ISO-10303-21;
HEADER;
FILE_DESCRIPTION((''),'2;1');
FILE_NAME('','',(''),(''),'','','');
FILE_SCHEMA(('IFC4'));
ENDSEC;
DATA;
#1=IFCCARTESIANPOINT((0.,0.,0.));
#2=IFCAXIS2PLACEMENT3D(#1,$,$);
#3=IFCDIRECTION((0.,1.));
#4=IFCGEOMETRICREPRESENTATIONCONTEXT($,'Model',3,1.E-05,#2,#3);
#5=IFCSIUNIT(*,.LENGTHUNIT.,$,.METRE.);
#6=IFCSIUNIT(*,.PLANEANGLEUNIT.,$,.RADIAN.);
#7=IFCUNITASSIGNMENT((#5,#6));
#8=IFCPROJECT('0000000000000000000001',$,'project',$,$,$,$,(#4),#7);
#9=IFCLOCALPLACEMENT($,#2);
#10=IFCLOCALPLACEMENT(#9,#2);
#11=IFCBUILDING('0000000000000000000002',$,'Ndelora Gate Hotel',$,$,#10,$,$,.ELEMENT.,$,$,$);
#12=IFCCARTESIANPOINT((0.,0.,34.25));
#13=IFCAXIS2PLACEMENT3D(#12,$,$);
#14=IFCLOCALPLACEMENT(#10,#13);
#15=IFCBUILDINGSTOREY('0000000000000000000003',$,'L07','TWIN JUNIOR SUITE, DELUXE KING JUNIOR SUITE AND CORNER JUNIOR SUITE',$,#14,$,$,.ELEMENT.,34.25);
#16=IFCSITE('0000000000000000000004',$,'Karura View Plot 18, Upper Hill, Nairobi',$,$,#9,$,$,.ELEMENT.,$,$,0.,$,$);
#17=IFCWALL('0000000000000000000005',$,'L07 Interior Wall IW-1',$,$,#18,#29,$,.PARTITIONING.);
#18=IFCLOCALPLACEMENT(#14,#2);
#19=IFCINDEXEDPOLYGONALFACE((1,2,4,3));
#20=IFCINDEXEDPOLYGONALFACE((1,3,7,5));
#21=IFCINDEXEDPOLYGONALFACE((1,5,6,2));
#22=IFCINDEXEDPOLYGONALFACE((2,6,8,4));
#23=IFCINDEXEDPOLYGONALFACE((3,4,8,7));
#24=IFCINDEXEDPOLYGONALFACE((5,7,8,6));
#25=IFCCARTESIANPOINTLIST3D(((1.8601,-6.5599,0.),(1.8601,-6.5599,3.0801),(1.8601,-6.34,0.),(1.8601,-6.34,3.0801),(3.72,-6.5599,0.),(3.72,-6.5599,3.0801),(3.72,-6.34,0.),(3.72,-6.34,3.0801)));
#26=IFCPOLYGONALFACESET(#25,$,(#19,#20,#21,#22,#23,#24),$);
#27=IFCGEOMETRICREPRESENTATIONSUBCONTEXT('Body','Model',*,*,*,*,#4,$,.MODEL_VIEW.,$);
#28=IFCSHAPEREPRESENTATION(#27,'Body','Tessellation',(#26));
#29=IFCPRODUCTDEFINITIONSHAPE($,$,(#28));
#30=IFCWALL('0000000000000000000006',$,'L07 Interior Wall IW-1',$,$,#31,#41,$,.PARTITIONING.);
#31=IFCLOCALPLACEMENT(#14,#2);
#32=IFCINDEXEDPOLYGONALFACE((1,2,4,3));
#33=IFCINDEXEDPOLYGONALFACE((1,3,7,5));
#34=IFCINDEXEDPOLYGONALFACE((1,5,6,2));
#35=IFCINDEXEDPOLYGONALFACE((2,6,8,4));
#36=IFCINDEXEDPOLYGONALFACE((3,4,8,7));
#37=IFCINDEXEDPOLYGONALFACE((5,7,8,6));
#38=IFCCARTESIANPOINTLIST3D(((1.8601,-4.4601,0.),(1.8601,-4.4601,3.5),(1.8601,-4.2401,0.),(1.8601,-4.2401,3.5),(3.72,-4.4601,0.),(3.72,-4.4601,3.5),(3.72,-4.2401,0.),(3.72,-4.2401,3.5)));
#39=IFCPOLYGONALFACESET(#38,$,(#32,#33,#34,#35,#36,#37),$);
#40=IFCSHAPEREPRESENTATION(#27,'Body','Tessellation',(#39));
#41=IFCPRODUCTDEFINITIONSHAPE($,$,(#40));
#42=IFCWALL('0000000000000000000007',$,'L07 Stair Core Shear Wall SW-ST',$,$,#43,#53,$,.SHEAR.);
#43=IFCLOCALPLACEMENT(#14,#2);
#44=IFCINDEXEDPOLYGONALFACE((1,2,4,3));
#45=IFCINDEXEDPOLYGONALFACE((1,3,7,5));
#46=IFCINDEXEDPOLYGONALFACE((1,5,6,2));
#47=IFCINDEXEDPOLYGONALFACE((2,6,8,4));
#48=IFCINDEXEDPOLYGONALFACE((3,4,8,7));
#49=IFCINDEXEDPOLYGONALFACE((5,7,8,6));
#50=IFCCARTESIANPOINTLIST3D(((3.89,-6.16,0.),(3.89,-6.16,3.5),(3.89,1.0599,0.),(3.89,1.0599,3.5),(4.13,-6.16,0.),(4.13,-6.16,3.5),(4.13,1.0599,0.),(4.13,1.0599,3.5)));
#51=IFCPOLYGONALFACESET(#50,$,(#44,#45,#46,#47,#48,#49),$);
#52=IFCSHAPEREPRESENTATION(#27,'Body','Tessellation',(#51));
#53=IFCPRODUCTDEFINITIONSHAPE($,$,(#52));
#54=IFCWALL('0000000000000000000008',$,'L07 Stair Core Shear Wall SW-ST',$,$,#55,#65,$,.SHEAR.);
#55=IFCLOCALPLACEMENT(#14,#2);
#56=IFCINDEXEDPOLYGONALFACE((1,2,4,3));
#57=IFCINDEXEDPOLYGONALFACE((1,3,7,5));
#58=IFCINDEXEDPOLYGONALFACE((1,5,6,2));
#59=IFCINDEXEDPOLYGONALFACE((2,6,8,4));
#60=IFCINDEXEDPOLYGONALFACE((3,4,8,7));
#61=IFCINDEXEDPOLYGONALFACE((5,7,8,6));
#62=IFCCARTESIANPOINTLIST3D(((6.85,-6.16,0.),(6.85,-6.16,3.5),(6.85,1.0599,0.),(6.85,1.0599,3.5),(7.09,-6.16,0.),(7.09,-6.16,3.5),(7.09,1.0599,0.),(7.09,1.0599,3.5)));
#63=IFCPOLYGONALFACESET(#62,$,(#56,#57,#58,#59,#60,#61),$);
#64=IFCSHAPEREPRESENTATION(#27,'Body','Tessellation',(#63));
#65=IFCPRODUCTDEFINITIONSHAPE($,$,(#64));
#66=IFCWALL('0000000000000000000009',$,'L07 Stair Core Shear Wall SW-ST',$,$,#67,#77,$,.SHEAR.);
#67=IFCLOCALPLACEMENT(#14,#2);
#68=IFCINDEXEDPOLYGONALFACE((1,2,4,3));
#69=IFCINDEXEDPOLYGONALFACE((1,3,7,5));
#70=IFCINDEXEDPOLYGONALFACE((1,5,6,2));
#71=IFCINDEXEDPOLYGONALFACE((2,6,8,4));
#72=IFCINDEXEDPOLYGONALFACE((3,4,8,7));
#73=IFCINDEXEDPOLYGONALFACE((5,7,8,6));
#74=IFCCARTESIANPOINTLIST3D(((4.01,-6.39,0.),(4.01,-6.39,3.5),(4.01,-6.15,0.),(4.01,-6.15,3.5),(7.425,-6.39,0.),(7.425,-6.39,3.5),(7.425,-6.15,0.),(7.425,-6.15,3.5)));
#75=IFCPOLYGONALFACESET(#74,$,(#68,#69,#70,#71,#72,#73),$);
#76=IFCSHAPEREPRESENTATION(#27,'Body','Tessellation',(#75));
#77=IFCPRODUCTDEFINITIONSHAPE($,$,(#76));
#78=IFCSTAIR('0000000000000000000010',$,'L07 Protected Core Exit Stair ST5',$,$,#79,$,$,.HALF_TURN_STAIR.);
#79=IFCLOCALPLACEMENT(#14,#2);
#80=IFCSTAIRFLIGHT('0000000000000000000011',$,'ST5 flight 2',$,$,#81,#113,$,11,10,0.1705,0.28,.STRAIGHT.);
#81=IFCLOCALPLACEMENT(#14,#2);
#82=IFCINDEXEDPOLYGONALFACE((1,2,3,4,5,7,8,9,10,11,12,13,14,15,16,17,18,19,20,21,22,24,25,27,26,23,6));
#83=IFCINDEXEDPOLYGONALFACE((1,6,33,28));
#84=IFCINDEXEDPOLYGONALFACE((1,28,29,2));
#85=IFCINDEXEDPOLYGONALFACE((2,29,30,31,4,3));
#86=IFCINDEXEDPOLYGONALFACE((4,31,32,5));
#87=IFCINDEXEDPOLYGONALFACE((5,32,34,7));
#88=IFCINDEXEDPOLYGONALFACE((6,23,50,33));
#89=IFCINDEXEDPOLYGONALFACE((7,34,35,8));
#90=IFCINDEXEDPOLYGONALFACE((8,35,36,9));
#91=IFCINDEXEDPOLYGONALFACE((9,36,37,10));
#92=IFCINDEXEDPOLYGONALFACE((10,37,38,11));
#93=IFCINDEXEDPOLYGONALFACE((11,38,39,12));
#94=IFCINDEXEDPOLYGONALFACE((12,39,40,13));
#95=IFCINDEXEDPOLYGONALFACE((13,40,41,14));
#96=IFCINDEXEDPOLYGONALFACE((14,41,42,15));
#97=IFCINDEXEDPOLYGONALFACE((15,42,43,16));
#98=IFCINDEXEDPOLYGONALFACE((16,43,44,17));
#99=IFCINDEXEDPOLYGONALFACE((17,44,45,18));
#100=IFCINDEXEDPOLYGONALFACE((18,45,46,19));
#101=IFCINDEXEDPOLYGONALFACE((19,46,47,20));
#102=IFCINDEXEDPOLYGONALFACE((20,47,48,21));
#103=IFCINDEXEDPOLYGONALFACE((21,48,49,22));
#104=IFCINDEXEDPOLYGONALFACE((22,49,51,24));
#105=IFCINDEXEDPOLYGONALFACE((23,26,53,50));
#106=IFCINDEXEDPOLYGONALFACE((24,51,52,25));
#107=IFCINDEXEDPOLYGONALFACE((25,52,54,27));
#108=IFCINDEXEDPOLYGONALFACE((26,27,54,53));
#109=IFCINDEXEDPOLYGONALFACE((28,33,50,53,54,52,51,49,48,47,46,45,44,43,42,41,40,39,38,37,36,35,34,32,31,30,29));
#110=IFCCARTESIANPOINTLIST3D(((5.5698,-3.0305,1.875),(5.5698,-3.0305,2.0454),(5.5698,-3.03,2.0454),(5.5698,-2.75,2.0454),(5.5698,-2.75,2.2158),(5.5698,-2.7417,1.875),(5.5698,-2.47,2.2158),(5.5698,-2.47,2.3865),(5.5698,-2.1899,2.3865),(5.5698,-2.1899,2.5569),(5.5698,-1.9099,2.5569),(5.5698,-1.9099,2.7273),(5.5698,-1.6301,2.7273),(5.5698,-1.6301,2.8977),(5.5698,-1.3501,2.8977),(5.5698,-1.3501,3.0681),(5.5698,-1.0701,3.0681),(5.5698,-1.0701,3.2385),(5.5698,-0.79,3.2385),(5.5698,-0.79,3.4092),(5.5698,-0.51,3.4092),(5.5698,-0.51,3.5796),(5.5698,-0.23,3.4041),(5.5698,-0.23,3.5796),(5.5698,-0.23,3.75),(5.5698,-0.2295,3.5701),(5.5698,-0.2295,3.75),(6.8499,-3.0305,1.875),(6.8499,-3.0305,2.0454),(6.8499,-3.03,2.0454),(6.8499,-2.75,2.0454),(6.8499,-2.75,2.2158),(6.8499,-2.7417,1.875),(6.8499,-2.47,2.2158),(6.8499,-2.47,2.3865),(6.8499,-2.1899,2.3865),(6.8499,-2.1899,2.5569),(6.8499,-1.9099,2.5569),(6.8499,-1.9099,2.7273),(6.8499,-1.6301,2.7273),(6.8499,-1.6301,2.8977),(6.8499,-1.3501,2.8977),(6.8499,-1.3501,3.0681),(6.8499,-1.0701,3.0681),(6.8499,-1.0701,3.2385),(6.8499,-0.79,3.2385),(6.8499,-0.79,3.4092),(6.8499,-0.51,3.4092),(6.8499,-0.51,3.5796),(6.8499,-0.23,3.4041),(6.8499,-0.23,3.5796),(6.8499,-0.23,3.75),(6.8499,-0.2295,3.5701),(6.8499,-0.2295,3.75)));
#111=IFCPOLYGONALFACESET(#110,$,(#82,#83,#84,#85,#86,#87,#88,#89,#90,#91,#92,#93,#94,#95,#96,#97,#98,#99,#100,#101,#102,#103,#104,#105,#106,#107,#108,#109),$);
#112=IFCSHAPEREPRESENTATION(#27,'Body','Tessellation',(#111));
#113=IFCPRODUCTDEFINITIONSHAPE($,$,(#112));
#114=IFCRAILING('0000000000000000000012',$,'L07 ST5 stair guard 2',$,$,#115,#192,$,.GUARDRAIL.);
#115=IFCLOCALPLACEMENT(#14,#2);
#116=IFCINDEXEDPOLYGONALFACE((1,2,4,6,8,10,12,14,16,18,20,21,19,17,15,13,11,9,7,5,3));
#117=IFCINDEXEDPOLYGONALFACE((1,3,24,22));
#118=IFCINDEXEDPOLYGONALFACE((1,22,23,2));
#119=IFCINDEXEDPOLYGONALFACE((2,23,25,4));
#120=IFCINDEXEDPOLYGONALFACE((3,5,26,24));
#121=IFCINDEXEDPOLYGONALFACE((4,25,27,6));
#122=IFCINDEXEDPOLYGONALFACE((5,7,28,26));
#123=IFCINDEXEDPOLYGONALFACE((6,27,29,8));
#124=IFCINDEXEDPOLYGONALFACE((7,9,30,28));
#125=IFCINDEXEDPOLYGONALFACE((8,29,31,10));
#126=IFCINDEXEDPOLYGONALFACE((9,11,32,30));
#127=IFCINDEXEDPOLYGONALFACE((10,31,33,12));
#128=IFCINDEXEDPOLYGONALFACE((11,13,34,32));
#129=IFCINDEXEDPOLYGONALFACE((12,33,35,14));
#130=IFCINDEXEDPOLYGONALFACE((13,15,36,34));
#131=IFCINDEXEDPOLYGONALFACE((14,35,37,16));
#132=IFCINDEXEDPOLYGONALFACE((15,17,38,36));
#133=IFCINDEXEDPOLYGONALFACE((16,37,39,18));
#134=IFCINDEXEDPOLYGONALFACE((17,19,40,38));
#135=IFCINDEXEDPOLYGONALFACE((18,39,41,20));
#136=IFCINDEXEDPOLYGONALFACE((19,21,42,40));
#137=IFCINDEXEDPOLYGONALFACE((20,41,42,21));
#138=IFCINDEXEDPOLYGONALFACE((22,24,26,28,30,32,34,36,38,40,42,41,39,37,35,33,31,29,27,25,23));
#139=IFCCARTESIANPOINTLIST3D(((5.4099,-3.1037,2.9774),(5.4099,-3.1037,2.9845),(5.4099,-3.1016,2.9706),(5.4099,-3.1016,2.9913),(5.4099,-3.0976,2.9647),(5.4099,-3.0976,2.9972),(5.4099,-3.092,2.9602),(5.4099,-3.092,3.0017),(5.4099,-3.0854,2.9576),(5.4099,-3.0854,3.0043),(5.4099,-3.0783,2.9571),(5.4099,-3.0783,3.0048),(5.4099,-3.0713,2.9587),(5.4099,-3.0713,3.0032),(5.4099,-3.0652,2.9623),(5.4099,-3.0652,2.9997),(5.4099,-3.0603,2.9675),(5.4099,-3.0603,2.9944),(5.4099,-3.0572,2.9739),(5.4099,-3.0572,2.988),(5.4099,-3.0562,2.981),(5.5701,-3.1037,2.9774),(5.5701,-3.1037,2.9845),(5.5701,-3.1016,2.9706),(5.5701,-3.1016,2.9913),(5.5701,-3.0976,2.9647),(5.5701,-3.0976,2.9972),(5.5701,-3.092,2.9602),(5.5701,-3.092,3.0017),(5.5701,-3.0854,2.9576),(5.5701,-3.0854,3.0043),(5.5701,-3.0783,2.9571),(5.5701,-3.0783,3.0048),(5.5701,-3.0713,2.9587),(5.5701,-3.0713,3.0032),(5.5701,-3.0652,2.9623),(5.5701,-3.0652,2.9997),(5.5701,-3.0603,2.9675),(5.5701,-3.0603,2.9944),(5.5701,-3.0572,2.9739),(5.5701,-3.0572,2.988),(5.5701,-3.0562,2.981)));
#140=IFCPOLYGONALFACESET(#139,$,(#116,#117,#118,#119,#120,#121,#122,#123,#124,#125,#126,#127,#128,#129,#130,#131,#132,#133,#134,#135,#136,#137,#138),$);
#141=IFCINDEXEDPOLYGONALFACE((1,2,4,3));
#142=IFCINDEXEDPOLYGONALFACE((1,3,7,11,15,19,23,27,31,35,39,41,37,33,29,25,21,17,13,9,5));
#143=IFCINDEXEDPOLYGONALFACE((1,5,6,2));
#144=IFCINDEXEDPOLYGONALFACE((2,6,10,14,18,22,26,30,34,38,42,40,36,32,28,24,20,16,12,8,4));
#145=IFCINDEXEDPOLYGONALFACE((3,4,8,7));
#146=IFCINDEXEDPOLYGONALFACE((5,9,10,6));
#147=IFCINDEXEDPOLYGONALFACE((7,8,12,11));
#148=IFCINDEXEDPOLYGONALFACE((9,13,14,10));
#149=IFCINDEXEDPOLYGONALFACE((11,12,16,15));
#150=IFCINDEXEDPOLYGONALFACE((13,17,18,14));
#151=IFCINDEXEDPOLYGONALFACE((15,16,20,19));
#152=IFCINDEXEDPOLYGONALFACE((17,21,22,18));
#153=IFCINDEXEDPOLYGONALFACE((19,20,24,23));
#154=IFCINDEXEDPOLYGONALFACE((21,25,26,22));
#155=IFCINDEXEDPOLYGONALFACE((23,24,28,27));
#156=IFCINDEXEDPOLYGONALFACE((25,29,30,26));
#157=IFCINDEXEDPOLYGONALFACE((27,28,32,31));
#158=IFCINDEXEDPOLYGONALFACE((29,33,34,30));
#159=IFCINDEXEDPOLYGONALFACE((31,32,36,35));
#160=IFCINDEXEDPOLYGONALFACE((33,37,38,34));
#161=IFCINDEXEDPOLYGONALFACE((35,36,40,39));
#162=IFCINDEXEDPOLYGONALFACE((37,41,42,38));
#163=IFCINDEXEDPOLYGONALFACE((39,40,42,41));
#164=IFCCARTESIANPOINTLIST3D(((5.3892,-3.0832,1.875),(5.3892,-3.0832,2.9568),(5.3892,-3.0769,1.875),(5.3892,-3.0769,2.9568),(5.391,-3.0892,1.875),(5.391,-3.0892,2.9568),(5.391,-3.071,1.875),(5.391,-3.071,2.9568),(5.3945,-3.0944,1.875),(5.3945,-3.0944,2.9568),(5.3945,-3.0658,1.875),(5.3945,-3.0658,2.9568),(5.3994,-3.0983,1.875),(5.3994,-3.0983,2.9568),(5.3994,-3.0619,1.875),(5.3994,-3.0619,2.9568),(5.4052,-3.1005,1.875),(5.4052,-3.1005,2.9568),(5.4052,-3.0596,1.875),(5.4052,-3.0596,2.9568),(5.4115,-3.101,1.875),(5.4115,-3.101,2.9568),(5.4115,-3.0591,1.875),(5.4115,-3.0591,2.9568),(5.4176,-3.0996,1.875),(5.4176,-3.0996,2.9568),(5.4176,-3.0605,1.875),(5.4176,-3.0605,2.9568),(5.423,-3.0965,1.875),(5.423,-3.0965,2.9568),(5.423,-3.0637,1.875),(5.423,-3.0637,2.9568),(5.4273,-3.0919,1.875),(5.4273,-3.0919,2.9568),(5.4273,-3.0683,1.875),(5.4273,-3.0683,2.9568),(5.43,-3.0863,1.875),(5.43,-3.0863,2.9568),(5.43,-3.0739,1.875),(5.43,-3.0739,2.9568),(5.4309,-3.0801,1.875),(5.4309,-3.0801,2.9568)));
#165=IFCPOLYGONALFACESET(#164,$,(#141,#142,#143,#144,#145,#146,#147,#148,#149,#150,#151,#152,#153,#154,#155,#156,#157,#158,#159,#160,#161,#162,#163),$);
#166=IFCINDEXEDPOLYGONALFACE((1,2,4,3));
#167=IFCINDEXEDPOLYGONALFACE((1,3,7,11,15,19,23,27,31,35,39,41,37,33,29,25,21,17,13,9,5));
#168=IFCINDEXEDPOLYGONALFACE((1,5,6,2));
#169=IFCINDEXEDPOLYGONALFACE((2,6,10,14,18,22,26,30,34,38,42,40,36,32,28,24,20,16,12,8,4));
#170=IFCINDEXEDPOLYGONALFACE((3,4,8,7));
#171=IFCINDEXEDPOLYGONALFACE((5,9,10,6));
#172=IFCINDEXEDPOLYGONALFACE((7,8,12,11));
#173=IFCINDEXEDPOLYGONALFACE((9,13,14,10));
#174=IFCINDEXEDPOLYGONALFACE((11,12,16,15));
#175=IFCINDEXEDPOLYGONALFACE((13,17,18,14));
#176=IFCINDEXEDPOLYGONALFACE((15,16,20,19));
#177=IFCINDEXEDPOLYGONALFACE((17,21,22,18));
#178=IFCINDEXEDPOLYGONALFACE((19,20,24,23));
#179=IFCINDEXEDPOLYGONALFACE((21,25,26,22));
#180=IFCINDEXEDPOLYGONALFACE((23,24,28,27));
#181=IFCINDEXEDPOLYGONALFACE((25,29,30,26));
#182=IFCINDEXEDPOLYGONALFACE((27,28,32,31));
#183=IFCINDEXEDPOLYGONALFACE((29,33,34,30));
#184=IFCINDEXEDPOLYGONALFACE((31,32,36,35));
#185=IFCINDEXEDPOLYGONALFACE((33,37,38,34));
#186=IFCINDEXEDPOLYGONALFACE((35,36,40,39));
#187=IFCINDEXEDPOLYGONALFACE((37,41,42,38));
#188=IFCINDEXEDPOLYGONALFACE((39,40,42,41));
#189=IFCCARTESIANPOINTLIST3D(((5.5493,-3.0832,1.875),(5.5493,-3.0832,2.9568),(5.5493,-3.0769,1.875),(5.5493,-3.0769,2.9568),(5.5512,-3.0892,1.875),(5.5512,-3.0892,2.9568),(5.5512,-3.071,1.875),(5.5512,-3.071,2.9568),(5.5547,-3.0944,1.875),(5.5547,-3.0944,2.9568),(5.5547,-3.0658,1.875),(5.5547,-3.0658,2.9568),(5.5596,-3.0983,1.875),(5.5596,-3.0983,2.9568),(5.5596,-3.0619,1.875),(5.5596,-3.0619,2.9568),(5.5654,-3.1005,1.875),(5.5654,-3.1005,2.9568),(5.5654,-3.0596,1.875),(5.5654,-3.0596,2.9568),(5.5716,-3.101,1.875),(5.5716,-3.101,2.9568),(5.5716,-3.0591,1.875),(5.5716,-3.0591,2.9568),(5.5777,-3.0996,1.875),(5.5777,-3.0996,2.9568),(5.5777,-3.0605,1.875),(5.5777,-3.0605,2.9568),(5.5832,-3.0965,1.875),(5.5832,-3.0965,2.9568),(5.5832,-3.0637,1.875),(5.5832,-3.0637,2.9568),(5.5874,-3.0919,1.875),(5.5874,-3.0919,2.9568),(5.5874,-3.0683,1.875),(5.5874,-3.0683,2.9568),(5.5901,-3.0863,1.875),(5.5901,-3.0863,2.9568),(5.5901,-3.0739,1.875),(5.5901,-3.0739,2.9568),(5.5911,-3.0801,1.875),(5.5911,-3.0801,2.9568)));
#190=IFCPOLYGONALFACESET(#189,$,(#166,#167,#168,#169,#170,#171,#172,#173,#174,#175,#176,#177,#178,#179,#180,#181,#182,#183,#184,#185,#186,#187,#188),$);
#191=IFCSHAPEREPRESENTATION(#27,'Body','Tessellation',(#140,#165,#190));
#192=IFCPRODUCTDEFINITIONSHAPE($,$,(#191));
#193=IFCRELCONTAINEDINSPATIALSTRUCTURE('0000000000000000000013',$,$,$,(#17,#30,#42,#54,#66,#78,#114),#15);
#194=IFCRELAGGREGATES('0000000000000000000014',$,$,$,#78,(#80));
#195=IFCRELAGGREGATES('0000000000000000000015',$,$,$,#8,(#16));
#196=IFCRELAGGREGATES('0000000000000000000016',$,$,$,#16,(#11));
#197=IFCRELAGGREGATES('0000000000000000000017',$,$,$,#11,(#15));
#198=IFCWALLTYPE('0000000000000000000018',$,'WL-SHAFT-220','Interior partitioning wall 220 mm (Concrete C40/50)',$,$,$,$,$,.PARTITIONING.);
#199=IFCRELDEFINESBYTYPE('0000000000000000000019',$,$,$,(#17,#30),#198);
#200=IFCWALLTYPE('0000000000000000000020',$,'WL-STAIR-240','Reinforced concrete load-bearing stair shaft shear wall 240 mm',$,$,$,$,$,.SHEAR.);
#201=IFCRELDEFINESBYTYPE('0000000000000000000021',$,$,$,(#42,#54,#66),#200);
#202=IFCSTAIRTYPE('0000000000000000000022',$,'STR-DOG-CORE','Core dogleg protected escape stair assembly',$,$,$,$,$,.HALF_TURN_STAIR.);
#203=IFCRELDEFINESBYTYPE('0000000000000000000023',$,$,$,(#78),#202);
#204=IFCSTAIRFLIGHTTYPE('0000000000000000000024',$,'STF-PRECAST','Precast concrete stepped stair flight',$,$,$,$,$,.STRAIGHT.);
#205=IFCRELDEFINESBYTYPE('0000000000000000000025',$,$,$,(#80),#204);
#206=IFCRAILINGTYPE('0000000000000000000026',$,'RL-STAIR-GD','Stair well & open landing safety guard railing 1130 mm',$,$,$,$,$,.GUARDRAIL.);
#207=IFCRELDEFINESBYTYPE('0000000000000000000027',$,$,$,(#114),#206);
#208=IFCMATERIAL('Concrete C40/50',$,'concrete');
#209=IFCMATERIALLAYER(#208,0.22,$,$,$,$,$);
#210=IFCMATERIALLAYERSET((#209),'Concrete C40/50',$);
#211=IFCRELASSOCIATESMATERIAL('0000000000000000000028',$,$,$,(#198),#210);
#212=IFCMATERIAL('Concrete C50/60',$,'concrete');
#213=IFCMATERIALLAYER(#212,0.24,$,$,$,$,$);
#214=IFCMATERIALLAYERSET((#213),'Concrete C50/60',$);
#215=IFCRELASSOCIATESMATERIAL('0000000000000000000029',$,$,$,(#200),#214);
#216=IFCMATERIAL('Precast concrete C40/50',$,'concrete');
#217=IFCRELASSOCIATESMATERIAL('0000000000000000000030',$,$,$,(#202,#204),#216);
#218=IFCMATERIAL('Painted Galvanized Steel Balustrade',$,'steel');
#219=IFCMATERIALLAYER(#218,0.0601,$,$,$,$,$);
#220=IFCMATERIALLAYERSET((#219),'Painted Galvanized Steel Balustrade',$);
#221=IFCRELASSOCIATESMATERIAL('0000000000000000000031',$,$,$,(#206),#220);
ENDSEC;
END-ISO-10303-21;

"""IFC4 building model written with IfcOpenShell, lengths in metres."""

from ifc_helpers import new_model, si_unit, direction, frame, frame_2d, origin, origin_2d, place, context, subcontext, project, spatial, polyline, rectangle, circle, outline, extrude, material, layer, layer_set, type_object, element, aggregate, save


model = new_model("IFC4")

# Units and contexts
model_context = context("Model", 3, precision=1e-05, world=origin(), true_north=direction((0.0, 1.0)))
body_context = subcontext(model_context, "Body", "Model", "MODEL_VIEW")
ifc_project = project(units=[si_unit("LENGTHUNIT", "METRE"), si_unit("PLANEANGLEUNIT", "RADIAN")], contexts=[model_context])

# Site, building, storey
site_placement = place(None, origin())
site = spatial("IfcSite", under=ifc_project, at=site_placement, Name="Karura View Plot 18, Upper Hill, Nairobi", CompositionType="ELEMENT", RefElevation=0.0)
building_placement = place(site_placement, origin())
building = spatial("IfcBuilding", under=site, at=building_placement, Name="Ndelora Gate Hotel", CompositionType="ELEMENT")
storey_placement = place(building_placement, frame((0.0, 0.0, 34.25)))
storey = spatial("IfcBuildingStorey", under=building, at=storey_placement, Name="L07", Description="TWIN JUNIOR SUITE, DELUXE KING JUNIOR SUITE AND CORNER JUNIOR SUITE", CompositionType="ELEMENT", Elevation=34.25)

# Walls
ifc_material_1 = material(Name="Concrete C40/50", Category="concrete")
ifc_layer_1 = layer(ifc_material_1, 0.22)
ifc_layer_set_1 = layer_set([ifc_layer_1], Name="Concrete C40/50")
wall_type_1 = type_object("IfcWallType", Name="WL-SHAFT-220", Description="Interior partitioning wall 220 mm (Concrete C40/50)", PredefinedType="PARTITIONING", material=ifc_layer_set_1)
wall_1_placement = place(storey_placement, frame((1.8601, -6.45, 0.0), z_axis=(0.0, 0.0, 1.0), x_axis=(1.0, 0.0, 0.0)))
element("IfcWall", 1, at=wall_1_placement, inside=storey, type_object=wall_type_1, Name="L07 Interior Wall IW-1", PredefinedType="PARTITIONING", context=body_context, shape_type="SweptSolid", body=[
    extrude(rectangle(XDim=1.8599, YDim=0.22, at=frame_2d((0.9299, 0.0))), origin(), (0.0, 0.0, 1.0), 3.0801),
])
wall_2_placement = place(storey_placement, frame((1.8601, -4.3501, 0.0), z_axis=(0.0, 0.0, 1.0), x_axis=(1.0, 0.0, 0.0)))
element("IfcWall", 2, at=wall_2_placement, inside=storey, type_object=wall_type_1, Name="L07 Interior Wall IW-1", PredefinedType="PARTITIONING", context=body_context, shape_type="SweptSolid", body=[
    extrude(rectangle(XDim=1.8599, YDim=0.22, at=frame_2d((0.9299, 0.0))), origin(), (0.0, 0.0, 1.0), 3.5),
])
ifc_material_2 = material(Name="Concrete C50/60", Category="concrete")
ifc_layer_2 = layer(ifc_material_2, 0.24)
ifc_layer_set_2 = layer_set([ifc_layer_2], Name="Concrete C50/60")
wall_type_2 = type_object("IfcWallType", Name="WL-STAIR-240", Description="Reinforced concrete load-bearing stair shaft shear wall 240 mm", PredefinedType="SHEAR", material=ifc_layer_set_2)
for number, where, z_axis, x_axis, name in (
    (3, (4.01, -6.1599, 0.0), (0.0, 0.0, 1.0), (0.0, 1.0, 0.0), "L07 Stair Core Shear Wall SW-ST"),
    (4, (6.97, -6.1599, 0.0), (0.0, 0.0, 1.0), (0.0, 1.0, 0.0), "L07 Stair Core Shear Wall SW-ST"),
):
    element("IfcWall", number, at=place(storey_placement, frame(where, z_axis=z_axis, x_axis=x_axis)), inside=storey, type_object=wall_type_2, Name=name, PredefinedType="SHEAR", context=body_context, shape_type="SweptSolid", body=[
        extrude(rectangle(XDim=7.22, YDim=0.24, at=frame_2d((3.6099, 0.0))), origin(), (0.0, 0.0, 1.0), 3.5),
    ])
wall_3_placement = place(storey_placement, frame((4.01, -6.27, 0.0), z_axis=(0.0, 0.0, 1.0), x_axis=(1.0, 0.0, 0.0)))
element("IfcWall", 5, at=wall_3_placement, inside=storey, type_object=wall_type_2, Name="L07 Stair Core Shear Wall SW-ST", PredefinedType="SHEAR", context=body_context, shape_type="SweptSolid", body=[
    extrude(rectangle(XDim=3.415, YDim=0.24, at=frame_2d((1.7075, 0.0))), origin(), (0.0, 0.0, 1.0), 3.5),
])

# Stair, stair flight
ifc_material_3 = material(Name="Precast concrete C40/50", Category="concrete")
stair_type = type_object("IfcStairType", Name="STR-DOG-CORE", Description="Core dogleg protected escape stair assembly", PredefinedType="HALF_TURN_STAIR", material=ifc_material_3)
stair_placement = place(storey_placement, origin())
stair = element("IfcStair", 6, at=stair_placement, inside=storey, type_object=stair_type, Name="L07 Protected Core Exit Stair ST5", PredefinedType="HALF_TURN_STAIR")
stair_flight_type = type_object("IfcStairFlightType", Name="STF-PRECAST", Description="Precast concrete stepped stair flight", PredefinedType="STRAIGHT", material=ifc_material_3)
stair_flight_placement = place(storey_placement, frame((6.21, -3.03, 1.875), z_axis=(0.0, 0.0, 1.0), x_axis=(0.0, 1.0, 0.0)))
stair_flight = element("IfcStairFlight", 7, at=stair_flight_placement, type_object=stair_flight_type, Name="ST5 flight 2", NumberOfRisers=11, NumberOfTreads=10, PredefinedType="STRAIGHT", RiserHeight=0.1705, TreadLength=0.28, context=body_context, shape_type="SweptSolid", body=[
    extrude(outline(polyline([(-0.0005, 0.0), (-0.0005, 0.1704), (0.0, 0.1704), (0.28, 0.1704), (0.28, 0.3408), (0.5601, 0.3408), (0.5601, 0.5115), (0.8401, 0.5115), (0.8401, 0.6819), (1.1201, 0.6819), (1.1201, 0.8523), (1.3999, 0.8523), (1.3999, 1.0227), (1.6799, 1.0227), (1.6799, 1.1931), (1.96, 1.1931), (1.96, 1.3635), (2.24, 1.3635), (2.24, 1.5342), (2.52, 1.5342), (2.52, 1.7046), (2.8, 1.7046), (2.8, 1.875), (2.8005, 1.875), (2.8005, 1.6951), (2.8, 1.5291), (0.2883, 0.0), (-0.0005, 0.0)])), frame((0.0, 0.6401, 0.0), z_axis=(0.0, -1.0, 0.0), x_axis=(1.0, 0.0, 0.0)), (0.0, 0.0, 1.0), 1.28),
])
aggregate(stair, [stair_flight])

# Railing
ifc_material_4 = material(Name="Painted Galvanized Steel Balustrade", Category="steel")
ifc_layer_3 = layer(ifc_material_4, 0.0601)
ifc_layer_set_3 = layer_set([ifc_layer_3], Name="Painted Galvanized Steel Balustrade")
railing_type_1 = type_object("IfcRailingType", Name="RL-STAIR-GD", Description="Stair well & open landing safety guard railing 1130 mm", PredefinedType="GUARDRAIL", material=ifc_layer_set_3)
railing_1_placement = place(storey_placement, frame((5.4099, -3.0801, 1.875)))
element("IfcRailing", 8, at=railing_1_placement, inside=storey, type_object=railing_type_1, Name="L07 ST5 stair guard 2", PredefinedType="GUARDRAIL", context=body_context, shape_type="SweptSolid", body=[
    extrude(circle(Radius=0.0239, at=origin_2d()), frame((0.0, 0.0, 1.106), z_axis=(1.0, 0.0, 0.0), x_axis=(0.0, 1.0, 0.0)), (0.0, 0.0, 1.0), 0.1602),
    extrude(circle(Radius=0.021, at=origin_2d()), origin(), (0.0, 0.0, 1.0), 1.0818),
    extrude(circle(Radius=0.021, at=origin_2d()), frame((0.1602, 0.0, 0.0)), (0.0, 0.0, 1.0), 1.0818),
])

save(model, "model.ifc")
